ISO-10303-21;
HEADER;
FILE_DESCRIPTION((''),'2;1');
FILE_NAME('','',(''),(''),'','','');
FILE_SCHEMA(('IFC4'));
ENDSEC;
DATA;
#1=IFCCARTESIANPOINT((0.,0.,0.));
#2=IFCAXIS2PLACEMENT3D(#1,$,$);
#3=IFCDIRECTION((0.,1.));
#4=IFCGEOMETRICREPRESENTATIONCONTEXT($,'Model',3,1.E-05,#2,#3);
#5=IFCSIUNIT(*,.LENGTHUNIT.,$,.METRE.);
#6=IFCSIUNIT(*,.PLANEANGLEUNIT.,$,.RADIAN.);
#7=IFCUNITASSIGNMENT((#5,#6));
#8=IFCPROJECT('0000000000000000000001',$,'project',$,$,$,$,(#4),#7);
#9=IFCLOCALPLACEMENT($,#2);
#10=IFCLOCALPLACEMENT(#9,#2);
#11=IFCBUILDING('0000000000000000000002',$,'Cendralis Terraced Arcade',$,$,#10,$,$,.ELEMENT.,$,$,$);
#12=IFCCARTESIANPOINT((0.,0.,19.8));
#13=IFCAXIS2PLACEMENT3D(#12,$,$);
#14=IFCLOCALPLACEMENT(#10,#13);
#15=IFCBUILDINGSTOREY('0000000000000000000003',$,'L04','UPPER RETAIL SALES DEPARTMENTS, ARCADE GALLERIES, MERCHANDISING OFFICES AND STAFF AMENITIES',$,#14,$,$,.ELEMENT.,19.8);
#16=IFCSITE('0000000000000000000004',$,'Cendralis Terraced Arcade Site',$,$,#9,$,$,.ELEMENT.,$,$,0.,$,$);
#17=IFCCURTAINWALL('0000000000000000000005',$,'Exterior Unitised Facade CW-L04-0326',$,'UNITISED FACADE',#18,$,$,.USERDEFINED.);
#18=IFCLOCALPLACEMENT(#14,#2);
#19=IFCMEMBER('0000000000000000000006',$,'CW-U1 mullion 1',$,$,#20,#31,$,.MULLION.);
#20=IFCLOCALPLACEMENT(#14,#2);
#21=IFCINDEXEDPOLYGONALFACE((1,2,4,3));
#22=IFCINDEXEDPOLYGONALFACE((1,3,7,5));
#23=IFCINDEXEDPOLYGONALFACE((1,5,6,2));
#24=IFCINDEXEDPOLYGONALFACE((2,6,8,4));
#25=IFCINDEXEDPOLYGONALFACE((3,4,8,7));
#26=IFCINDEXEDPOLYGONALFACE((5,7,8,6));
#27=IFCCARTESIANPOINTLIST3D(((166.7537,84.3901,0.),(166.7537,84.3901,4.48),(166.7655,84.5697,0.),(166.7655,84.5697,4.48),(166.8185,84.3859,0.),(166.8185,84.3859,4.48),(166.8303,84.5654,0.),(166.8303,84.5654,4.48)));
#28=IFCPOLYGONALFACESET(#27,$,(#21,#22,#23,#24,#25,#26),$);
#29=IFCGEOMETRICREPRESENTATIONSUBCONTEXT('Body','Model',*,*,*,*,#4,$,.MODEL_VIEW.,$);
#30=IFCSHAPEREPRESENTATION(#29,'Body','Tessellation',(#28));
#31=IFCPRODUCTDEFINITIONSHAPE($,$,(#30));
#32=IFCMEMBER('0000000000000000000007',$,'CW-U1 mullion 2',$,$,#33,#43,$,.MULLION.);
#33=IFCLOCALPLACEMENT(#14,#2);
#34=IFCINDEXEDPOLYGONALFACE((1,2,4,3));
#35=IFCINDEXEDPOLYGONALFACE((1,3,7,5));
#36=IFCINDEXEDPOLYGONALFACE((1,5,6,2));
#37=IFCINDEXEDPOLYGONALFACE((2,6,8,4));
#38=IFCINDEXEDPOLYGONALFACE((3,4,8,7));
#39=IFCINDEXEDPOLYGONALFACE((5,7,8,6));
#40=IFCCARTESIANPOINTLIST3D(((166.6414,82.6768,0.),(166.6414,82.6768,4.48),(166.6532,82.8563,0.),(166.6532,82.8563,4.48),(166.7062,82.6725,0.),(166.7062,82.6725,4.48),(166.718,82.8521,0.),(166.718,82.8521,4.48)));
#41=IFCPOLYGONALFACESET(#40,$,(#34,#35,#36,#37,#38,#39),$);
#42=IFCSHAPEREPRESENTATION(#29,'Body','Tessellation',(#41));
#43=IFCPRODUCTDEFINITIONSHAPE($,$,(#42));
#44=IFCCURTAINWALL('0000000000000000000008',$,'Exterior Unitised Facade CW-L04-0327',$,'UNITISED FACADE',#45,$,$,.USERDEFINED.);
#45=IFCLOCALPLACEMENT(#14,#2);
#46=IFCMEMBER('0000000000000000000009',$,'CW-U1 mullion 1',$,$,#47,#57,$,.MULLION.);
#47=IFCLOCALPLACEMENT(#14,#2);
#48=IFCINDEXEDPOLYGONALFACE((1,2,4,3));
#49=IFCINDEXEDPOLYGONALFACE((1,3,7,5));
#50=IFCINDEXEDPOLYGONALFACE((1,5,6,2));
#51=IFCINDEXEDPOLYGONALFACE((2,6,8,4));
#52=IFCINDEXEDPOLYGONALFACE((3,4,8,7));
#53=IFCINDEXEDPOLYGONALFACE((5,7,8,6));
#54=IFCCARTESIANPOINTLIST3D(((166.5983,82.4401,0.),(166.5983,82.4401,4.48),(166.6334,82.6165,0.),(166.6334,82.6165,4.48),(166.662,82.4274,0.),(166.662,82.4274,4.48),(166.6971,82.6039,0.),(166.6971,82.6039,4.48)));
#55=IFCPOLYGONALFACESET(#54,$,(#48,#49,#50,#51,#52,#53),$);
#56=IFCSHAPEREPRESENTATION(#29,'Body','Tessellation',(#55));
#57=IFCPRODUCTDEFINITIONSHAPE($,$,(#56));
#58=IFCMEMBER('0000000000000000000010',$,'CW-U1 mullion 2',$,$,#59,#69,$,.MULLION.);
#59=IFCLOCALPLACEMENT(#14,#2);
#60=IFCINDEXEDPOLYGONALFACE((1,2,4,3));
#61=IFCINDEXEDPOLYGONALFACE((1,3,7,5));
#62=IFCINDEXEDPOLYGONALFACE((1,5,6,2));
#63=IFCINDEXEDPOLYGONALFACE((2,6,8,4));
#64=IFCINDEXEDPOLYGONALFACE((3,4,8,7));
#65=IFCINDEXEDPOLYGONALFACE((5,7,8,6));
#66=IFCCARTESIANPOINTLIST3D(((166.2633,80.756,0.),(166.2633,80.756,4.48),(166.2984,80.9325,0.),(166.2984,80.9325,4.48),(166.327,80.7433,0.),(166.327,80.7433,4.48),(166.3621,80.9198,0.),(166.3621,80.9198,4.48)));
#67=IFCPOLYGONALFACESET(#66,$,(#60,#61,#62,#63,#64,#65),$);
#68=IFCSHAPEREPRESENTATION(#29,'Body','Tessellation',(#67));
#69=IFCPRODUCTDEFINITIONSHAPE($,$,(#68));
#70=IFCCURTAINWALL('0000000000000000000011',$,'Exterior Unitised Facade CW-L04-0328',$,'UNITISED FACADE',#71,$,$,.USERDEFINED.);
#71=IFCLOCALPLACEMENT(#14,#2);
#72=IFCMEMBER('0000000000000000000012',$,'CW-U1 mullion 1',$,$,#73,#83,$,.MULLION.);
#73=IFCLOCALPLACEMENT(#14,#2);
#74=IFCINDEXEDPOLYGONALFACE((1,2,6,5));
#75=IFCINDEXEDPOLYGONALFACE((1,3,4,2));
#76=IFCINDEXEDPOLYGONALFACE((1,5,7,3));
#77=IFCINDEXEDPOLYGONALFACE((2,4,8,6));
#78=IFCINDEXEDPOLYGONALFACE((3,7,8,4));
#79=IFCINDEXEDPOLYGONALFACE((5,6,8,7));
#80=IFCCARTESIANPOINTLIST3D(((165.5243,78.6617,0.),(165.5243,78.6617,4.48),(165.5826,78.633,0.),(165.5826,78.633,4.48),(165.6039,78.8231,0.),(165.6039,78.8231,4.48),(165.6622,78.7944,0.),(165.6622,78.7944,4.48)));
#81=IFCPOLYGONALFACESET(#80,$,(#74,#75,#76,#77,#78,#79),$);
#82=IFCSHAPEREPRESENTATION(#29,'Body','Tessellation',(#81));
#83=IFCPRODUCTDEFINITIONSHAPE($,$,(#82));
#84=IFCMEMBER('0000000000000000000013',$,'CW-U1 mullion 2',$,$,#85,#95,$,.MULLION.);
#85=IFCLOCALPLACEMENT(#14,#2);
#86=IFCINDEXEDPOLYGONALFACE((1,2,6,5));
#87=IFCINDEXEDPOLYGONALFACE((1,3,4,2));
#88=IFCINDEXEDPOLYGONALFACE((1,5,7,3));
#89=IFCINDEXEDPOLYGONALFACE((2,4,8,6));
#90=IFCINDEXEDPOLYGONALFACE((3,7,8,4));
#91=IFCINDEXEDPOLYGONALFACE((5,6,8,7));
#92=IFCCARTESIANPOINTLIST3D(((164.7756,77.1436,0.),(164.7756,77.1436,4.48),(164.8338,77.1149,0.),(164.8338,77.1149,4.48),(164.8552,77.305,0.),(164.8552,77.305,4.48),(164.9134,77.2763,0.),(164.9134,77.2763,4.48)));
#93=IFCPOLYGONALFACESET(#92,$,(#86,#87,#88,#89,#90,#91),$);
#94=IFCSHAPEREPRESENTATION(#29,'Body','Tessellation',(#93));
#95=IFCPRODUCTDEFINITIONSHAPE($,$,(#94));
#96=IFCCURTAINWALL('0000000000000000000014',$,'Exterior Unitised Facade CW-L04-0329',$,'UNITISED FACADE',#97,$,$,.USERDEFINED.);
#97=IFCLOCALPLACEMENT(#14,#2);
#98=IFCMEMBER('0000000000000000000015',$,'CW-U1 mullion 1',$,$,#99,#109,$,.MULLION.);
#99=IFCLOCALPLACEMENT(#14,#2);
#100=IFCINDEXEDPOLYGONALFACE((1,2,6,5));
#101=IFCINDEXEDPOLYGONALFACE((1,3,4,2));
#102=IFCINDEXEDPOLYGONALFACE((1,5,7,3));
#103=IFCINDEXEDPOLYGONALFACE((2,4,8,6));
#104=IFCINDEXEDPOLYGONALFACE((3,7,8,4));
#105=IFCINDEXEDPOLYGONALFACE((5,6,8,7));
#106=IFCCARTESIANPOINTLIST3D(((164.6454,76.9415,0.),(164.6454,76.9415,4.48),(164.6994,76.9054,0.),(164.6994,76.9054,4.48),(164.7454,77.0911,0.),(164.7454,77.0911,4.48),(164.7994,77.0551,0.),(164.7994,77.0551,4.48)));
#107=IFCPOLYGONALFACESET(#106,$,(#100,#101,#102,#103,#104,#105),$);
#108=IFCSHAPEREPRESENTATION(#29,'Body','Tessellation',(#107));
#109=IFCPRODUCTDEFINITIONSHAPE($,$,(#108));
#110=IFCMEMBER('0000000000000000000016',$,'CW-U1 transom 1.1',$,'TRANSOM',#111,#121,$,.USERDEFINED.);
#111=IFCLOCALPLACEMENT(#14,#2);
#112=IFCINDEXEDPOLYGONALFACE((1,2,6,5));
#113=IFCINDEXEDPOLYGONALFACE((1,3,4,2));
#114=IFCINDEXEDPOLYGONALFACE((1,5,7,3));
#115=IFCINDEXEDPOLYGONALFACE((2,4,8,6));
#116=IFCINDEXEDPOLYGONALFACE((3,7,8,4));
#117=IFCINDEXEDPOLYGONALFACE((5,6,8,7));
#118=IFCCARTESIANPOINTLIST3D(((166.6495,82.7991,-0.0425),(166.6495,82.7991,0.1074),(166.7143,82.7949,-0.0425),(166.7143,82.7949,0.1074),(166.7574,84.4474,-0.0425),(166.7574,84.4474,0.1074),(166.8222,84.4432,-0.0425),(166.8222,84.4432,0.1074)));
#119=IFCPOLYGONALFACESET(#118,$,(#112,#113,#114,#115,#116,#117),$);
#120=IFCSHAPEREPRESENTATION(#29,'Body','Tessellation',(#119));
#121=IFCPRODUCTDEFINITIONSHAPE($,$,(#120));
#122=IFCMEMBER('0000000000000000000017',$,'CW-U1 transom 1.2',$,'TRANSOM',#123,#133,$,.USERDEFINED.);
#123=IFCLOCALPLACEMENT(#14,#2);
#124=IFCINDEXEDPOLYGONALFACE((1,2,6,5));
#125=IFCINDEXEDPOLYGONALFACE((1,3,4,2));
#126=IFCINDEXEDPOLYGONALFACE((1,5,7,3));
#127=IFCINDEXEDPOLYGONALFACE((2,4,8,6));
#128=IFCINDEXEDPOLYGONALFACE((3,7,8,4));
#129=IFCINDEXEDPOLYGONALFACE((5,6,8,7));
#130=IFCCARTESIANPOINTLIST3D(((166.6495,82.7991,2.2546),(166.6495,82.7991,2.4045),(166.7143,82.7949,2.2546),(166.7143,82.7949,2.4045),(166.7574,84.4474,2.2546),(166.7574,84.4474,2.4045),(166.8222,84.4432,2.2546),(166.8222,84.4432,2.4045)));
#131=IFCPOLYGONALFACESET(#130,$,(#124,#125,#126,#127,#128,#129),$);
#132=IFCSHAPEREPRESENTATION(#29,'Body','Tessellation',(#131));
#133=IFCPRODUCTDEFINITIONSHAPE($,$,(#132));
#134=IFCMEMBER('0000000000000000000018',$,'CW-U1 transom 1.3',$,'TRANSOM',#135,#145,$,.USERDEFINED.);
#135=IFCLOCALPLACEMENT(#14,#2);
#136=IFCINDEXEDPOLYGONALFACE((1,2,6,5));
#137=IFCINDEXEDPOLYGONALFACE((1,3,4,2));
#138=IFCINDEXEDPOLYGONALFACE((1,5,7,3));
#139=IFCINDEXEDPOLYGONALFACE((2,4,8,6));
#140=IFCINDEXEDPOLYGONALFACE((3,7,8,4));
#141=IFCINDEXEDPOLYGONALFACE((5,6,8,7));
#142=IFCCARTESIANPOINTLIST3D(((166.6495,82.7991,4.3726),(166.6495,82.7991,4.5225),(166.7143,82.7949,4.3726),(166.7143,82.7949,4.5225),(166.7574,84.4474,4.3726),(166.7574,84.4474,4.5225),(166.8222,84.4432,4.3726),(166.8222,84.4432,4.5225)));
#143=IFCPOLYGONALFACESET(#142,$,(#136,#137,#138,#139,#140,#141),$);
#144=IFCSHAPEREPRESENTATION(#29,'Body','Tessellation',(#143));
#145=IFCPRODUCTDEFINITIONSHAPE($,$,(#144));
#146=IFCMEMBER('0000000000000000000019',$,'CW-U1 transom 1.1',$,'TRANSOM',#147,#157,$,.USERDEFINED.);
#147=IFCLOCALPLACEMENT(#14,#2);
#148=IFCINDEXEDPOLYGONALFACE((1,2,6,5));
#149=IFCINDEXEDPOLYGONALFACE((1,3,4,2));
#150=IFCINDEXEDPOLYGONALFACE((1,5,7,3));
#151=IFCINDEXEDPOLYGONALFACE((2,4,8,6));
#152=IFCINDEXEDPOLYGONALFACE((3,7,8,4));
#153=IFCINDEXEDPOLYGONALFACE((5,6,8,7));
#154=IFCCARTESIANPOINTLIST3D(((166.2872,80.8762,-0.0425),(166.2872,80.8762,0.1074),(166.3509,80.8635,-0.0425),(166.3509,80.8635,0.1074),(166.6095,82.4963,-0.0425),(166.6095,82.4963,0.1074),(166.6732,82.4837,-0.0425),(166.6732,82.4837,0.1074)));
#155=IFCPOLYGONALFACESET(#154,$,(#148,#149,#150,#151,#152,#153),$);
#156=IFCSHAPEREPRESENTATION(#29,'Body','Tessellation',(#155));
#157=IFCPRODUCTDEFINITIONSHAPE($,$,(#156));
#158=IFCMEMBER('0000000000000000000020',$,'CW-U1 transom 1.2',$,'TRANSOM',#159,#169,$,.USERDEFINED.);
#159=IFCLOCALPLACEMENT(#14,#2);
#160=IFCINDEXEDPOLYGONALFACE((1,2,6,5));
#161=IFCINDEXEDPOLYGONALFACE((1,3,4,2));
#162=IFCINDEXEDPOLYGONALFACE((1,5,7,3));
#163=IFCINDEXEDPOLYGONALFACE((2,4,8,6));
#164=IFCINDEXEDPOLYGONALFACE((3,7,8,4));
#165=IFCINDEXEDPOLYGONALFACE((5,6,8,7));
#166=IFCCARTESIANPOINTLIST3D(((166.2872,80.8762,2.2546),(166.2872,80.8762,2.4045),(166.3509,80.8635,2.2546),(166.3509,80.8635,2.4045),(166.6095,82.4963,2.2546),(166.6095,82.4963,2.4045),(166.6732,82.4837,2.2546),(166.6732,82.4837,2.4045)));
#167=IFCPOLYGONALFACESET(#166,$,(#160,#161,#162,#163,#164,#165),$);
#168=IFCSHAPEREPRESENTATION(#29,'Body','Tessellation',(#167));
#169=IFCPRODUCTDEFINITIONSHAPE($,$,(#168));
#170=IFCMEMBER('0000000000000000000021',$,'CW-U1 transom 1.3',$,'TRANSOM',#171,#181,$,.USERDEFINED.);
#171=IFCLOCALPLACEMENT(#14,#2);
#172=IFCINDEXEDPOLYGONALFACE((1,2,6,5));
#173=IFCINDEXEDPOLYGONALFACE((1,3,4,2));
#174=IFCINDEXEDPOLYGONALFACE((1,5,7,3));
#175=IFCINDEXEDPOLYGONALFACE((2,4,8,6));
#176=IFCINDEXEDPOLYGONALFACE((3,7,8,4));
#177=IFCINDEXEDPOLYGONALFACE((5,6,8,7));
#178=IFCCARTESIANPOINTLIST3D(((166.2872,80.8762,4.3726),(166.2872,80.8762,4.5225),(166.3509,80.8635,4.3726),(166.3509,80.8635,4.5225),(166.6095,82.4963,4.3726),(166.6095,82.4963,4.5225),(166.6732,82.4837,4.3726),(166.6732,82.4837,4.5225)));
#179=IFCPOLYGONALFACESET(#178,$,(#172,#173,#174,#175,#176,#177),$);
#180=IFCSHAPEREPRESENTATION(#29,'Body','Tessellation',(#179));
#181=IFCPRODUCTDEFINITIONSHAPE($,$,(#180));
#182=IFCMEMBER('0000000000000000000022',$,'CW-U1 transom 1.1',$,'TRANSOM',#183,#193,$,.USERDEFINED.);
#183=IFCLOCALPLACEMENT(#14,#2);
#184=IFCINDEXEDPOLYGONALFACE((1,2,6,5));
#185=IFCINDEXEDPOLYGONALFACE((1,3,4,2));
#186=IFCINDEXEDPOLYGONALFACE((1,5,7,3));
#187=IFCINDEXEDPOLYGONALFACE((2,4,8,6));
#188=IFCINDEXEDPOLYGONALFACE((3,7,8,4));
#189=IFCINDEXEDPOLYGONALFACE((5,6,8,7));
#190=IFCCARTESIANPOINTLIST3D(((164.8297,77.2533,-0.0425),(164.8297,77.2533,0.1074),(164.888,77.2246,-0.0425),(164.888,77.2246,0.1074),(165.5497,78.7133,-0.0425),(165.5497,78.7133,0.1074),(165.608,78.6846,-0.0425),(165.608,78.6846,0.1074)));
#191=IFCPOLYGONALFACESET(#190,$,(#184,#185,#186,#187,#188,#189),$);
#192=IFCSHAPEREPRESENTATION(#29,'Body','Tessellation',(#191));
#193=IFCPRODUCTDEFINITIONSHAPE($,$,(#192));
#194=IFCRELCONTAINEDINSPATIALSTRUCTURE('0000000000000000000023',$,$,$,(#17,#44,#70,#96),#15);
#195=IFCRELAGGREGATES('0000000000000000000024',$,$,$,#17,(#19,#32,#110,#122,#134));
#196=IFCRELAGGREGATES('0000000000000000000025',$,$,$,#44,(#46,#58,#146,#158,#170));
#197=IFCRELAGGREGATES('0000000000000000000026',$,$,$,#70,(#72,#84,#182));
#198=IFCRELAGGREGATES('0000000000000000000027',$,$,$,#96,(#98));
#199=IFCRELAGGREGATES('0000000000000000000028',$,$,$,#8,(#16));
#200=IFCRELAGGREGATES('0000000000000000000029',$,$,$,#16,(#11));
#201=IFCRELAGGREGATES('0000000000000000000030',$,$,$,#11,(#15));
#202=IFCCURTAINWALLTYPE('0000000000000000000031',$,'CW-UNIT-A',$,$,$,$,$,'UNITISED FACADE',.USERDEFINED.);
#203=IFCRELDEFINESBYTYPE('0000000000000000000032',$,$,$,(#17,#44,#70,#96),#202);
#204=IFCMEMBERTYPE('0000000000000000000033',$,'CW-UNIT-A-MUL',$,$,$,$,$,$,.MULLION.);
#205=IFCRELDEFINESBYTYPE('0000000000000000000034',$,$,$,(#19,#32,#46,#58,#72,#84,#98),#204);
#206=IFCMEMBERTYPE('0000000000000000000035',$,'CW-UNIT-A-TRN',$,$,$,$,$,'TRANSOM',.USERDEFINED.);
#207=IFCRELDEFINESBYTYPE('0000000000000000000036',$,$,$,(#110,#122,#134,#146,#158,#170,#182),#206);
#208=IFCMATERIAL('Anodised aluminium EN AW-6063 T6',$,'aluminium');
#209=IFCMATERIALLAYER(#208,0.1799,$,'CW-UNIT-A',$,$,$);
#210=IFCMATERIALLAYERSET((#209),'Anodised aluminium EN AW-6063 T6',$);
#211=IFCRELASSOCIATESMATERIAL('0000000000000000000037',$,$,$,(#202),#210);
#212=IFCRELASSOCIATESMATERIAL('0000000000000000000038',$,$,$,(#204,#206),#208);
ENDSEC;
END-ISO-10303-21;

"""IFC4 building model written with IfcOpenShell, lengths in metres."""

from ifc_helpers import new_model, si_unit, direction, frame, origin, origin_2d, place, context, subcontext, project, spatial, rectangle, extrude, material, layer, layer_set, material_profile, profile_set, type_object, element, aggregate, save


model = new_model("IFC4")

# Units and contexts
model_context = context("Model", 3, precision=1e-05, world=origin(), true_north=direction((0.0, 1.0)))
body_context = subcontext(model_context, "Body", "Model", "MODEL_VIEW")
ifc_project = project(units=[si_unit("LENGTHUNIT", "METRE"), si_unit("PLANEANGLEUNIT", "RADIAN")], contexts=[model_context])

# Site, building, storey
site_placement = place(None, origin())
site = spatial("IfcSite", under=ifc_project, at=site_placement, Name="Cendralis Terraced Arcade Site", CompositionType="ELEMENT", RefElevation=0.0)
building_placement = place(site_placement, origin())
building = spatial("IfcBuilding", under=site, at=building_placement, Name="Cendralis Terraced Arcade", CompositionType="ELEMENT")
storey_placement = place(building_placement, frame((0.0, 0.0, 19.8)))
storey = spatial("IfcBuildingStorey", under=building, at=storey_placement, Name="L04", Description="UPPER RETAIL SALES DEPARTMENTS, ARCADE GALLERIES, MERCHANDISING OFFICES AND STAFF AMENITIES", CompositionType="ELEMENT", Elevation=19.8)

# Curtain walls, members
ifc_material_1 = material(Name="Anodised aluminium EN AW-6063 T6", Category="aluminium")
ifc_layer_1 = layer(ifc_material_1, 0.1799, Name="CW-UNIT-A")
ifc_layer_set_1 = layer_set([ifc_layer_1], Name="Anodised aluminium EN AW-6063 T6")
curtain_wall_type = type_object("IfcCurtainWallType", Name="CW-UNIT-A", ElementType="UNITISED FACADE", PredefinedType="USERDEFINED", material=ifc_layer_set_1)
curtain_wall_1_placement = place(storey_placement, origin())
curtain_wall_1 = element("IfcCurtainWall", 1, at=curtain_wall_1_placement, inside=storey, type_object=curtain_wall_type, Name="Exterior Unitised Facade CW-L04-0326", ObjectType="UNITISED FACADE", PredefinedType="USERDEFINED")
ifc_material_profile_1 = material_profile(ifc_material_1, rectangle(XDim=0.0649, YDim=0.1799, at=origin_2d()), Name="ALU-MUL-65x180")
ifc_profile_set_1 = profile_set([ifc_material_profile_1], Name="Anodised aluminium EN AW-6063 T6")
member_type_1 = type_object("IfcMemberType", Name="CW-UNIT-A-MUL", PredefinedType="MULLION", material=ifc_profile_set_1)
member_1_placement = place(storey_placement, frame((166.792, 84.4778, 0.0), z_axis=(0.0, 0.0, 1.0), x_axis=(0.997861, -0.065372, 0.0)))
member_1 = element("IfcMember", 2, at=member_1_placement, type_object=member_type_1, Name="CW-U1 mullion 1", PredefinedType="MULLION", context=body_context, shape_type="SweptSolid", body=[
    extrude(rectangle(XDim=0.0649, YDim=0.1799, at=origin_2d()), origin(), (0.0, 0.0, 1.0), 4.48),
])
member_2_placement = place(storey_placement, frame((166.6797, 82.7644, 0.0), z_axis=(0.0, 0.0, 1.0), x_axis=(0.997861, -0.065372, 0.0)))
member_2 = element("IfcMember", 3, at=member_2_placement, type_object=member_type_1, Name="CW-U1 mullion 2", PredefinedType="MULLION", context=body_context, shape_type="SweptSolid", body=[
    extrude(rectangle(XDim=0.0649, YDim=0.1799, at=origin_2d()), origin(), (0.0, 0.0, 1.0), 4.48),
])
curtain_wall_2_placement = place(storey_placement, origin())
curtain_wall_2 = element("IfcCurtainWall", 4, at=curtain_wall_2_placement, inside=storey, type_object=curtain_wall_type, Name="Exterior Unitised Facade CW-L04-0327", ObjectType="UNITISED FACADE", PredefinedType="USERDEFINED")
member_3_placement = place(storey_placement, frame((166.6477, 82.522, 0.0), z_axis=(0.0, 0.0, 1.0), x_axis=(0.980792, -0.195058, 0.0)))
member_3 = element("IfcMember", 5, at=member_3_placement, type_object=member_type_1, Name="CW-U1 mullion 1", PredefinedType="MULLION", context=body_context, shape_type="SweptSolid", body=[
    extrude(rectangle(XDim=0.0649, YDim=0.1799, at=origin_2d()), origin(), (0.0, 0.0, 1.0), 4.48),
])
member_4_placement = place(storey_placement, frame((166.3127, 80.8379, 0.0), z_axis=(0.0, 0.0, 1.0), x_axis=(0.980792, -0.195058, 0.0)))
member_4 = element("IfcMember", 6, at=member_4_placement, type_object=member_type_1, Name="CW-U1 mullion 2", PredefinedType="MULLION", context=body_context, shape_type="SweptSolid", body=[
    extrude(rectangle(XDim=0.0649, YDim=0.1799, at=origin_2d()), origin(), (0.0, 0.0, 1.0), 4.48),
])
curtain_wall_3_placement = place(storey_placement, origin())
curtain_wall_3 = element("IfcCurtainWall", 7, at=curtain_wall_3_placement, inside=storey, type_object=curtain_wall_type, Name="Exterior Unitised Facade CW-L04-0328", ObjectType="UNITISED FACADE", PredefinedType="USERDEFINED")
member_5_placement = place(storey_placement, frame((165.5933, 78.728, 0.0), z_axis=(0.0, 0.0, 1.0), x_axis=(0.89686, -0.442314, 0.0)))
member_5 = element("IfcMember", 8, at=member_5_placement, type_object=member_type_1, Name="CW-U1 mullion 1", PredefinedType="MULLION", context=body_context, shape_type="SweptSolid", body=[
    extrude(rectangle(XDim=0.0649, YDim=0.1799, at=origin_2d()), origin(), (0.0, 0.0, 1.0), 4.48),
])
member_6_placement = place(storey_placement, frame((164.8445, 77.21, 0.0), z_axis=(0.0, 0.0, 1.0), x_axis=(0.89686, -0.442314, 0.0)))
member_6 = element("IfcMember", 9, at=member_6_placement, type_object=member_type_1, Name="CW-U1 mullion 2", PredefinedType="MULLION", context=body_context, shape_type="SweptSolid", body=[
    extrude(rectangle(XDim=0.0649, YDim=0.1799, at=origin_2d()), origin(), (0.0, 0.0, 1.0), 4.48),
])

# Curtain wall, member
curtain_wall_4_placement = place(storey_placement, origin())
curtain_wall_4 = element("IfcCurtainWall", 10, at=curtain_wall_4_placement, inside=storey, type_object=curtain_wall_type, Name="Exterior Unitised Facade CW-L04-0329", ObjectType="UNITISED FACADE", PredefinedType="USERDEFINED")
member_7_placement = place(storey_placement, frame((164.7224, 76.9983, 0.0), z_axis=(0.0, 0.0, 1.0), x_axis=(0.831471, -0.555567, 0.0)))
member_7 = element("IfcMember", 11, at=member_7_placement, type_object=member_type_1, Name="CW-U1 mullion 1", PredefinedType="MULLION", context=body_context, shape_type="SweptSolid", body=[
    extrude(rectangle(XDim=0.0649, YDim=0.1799, at=origin_2d()), origin(), (0.0, 0.0, 1.0), 4.48),
])

# Members
ifc_material_profile_2 = material_profile(ifc_material_1, rectangle(XDim=0.0649, YDim=0.1499, at=origin_2d()), Name="ALU-TRN-65x150")
ifc_profile_set_2 = profile_set([ifc_material_profile_2], Name="Anodised aluminium EN AW-6063 T6")
member_type_2 = type_object("IfcMemberType", Name="CW-UNIT-A-TRN", ElementType="TRANSOM", PredefinedType="USERDEFINED", material=ifc_profile_set_2)
member_8_placement = place(storey_placement, frame((166.7898, 84.4453, 0.0325), z_axis=(-0.065322, -0.997864, 0.0), x_axis=(0.997864, -0.065322, 0.0)))
member_8 = element("IfcMember", 12, at=member_8_placement, type_object=member_type_2, Name="CW-U1 transom 1.1", ObjectType="TRANSOM", PredefinedType="USERDEFINED", context=body_context, shape_type="SweptSolid", body=[
    extrude(rectangle(XDim=0.0649, YDim=0.1499, at=origin_2d()), origin(), (0.0, 0.0, 1.0), 1.6519),
])
member_9_placement = place(storey_placement, frame((166.7898, 84.4453, 2.3296), z_axis=(-0.065322, -0.997864, 0.0), x_axis=(0.997864, -0.065322, 0.0)))
member_9 = element("IfcMember", 13, at=member_9_placement, type_object=member_type_2, Name="CW-U1 transom 1.2", ObjectType="TRANSOM", PredefinedType="USERDEFINED", context=body_context, shape_type="SweptSolid", body=[
    extrude(rectangle(XDim=0.0649, YDim=0.1499, at=origin_2d()), origin(), (0.0, 0.0, 1.0), 1.6519),
])
member_10_placement = place(storey_placement, frame((166.7898, 84.4453, 4.4475), z_axis=(-0.065322, -0.997864, 0.0), x_axis=(0.997864, -0.065322, 0.0)))
member_10 = element("IfcMember", 14, at=member_10_placement, type_object=member_type_2, Name="CW-U1 transom 1.3", ObjectType="TRANSOM", PredefinedType="USERDEFINED", context=body_context, shape_type="SweptSolid", body=[
    extrude(rectangle(XDim=0.0649, YDim=0.1499, at=origin_2d()), origin(), (0.0, 0.0, 1.0), 1.6519),
])
member_11_placement = place(storey_placement, frame((166.6414, 82.49, 0.0325), z_axis=(-0.195093, -0.980785, 0.0), x_axis=(0.980785, -0.195093, 0.0)))
member_11 = element("IfcMember", 15, at=member_11_placement, type_object=member_type_2, Name="CW-U1 transom 1.1", ObjectType="TRANSOM", PredefinedType="USERDEFINED", context=body_context, shape_type="SweptSolid", body=[
    extrude(rectangle(XDim=0.0649, YDim=0.1499, at=origin_2d()), origin(), (0.0, 0.0, 1.0), 1.6519),
])
member_12_placement = place(storey_placement, frame((166.6414, 82.49, 2.3296), z_axis=(-0.195093, -0.980785, 0.0), x_axis=(0.980785, -0.195093, 0.0)))
member_12 = element("IfcMember", 16, at=member_12_placement, type_object=member_type_2, Name="CW-U1 transom 1.2", ObjectType="TRANSOM", PredefinedType="USERDEFINED", context=body_context, shape_type="SweptSolid", body=[
    extrude(rectangle(XDim=0.0649, YDim=0.1499, at=origin_2d()), origin(), (0.0, 0.0, 1.0), 1.6519),
])
member_13_placement = place(storey_placement, frame((166.6414, 82.49, 4.4475), z_axis=(-0.195093, -0.980785, 0.0), x_axis=(0.980785, -0.195093, 0.0)))
member_13 = element("IfcMember", 17, at=member_13_placement, type_object=member_type_2, Name="CW-U1 transom 1.3", ObjectType="TRANSOM", PredefinedType="USERDEFINED", context=body_context, shape_type="SweptSolid", body=[
    extrude(rectangle(XDim=0.0649, YDim=0.1499, at=origin_2d()), origin(), (0.0, 0.0, 1.0), 1.6519),
])
member_14_placement = place(storey_placement, frame((165.5789, 78.699, 0.0325), z_axis=(-0.442288, -0.896873, 0.0), x_axis=(0.896873, -0.442288, 0.0)))
member_14 = element("IfcMember", 18, at=member_14_placement, type_object=member_type_2, Name="CW-U1 transom 1.1", ObjectType="TRANSOM", PredefinedType="USERDEFINED", context=body_context, shape_type="SweptSolid", body=[
    extrude(rectangle(XDim=0.0649, YDim=0.1499, at=origin_2d()), origin(), (0.0, 0.0, 1.0), 1.6279),
])

aggregate(curtain_wall_1, [member_1, member_2, member_8, member_9, member_10])
aggregate(curtain_wall_2, [member_3, member_4, member_11, member_12, member_13])
aggregate(curtain_wall_3, [member_5, member_6, member_14])
aggregate(curtain_wall_4, [member_7])

save(model, "model.ifc")
